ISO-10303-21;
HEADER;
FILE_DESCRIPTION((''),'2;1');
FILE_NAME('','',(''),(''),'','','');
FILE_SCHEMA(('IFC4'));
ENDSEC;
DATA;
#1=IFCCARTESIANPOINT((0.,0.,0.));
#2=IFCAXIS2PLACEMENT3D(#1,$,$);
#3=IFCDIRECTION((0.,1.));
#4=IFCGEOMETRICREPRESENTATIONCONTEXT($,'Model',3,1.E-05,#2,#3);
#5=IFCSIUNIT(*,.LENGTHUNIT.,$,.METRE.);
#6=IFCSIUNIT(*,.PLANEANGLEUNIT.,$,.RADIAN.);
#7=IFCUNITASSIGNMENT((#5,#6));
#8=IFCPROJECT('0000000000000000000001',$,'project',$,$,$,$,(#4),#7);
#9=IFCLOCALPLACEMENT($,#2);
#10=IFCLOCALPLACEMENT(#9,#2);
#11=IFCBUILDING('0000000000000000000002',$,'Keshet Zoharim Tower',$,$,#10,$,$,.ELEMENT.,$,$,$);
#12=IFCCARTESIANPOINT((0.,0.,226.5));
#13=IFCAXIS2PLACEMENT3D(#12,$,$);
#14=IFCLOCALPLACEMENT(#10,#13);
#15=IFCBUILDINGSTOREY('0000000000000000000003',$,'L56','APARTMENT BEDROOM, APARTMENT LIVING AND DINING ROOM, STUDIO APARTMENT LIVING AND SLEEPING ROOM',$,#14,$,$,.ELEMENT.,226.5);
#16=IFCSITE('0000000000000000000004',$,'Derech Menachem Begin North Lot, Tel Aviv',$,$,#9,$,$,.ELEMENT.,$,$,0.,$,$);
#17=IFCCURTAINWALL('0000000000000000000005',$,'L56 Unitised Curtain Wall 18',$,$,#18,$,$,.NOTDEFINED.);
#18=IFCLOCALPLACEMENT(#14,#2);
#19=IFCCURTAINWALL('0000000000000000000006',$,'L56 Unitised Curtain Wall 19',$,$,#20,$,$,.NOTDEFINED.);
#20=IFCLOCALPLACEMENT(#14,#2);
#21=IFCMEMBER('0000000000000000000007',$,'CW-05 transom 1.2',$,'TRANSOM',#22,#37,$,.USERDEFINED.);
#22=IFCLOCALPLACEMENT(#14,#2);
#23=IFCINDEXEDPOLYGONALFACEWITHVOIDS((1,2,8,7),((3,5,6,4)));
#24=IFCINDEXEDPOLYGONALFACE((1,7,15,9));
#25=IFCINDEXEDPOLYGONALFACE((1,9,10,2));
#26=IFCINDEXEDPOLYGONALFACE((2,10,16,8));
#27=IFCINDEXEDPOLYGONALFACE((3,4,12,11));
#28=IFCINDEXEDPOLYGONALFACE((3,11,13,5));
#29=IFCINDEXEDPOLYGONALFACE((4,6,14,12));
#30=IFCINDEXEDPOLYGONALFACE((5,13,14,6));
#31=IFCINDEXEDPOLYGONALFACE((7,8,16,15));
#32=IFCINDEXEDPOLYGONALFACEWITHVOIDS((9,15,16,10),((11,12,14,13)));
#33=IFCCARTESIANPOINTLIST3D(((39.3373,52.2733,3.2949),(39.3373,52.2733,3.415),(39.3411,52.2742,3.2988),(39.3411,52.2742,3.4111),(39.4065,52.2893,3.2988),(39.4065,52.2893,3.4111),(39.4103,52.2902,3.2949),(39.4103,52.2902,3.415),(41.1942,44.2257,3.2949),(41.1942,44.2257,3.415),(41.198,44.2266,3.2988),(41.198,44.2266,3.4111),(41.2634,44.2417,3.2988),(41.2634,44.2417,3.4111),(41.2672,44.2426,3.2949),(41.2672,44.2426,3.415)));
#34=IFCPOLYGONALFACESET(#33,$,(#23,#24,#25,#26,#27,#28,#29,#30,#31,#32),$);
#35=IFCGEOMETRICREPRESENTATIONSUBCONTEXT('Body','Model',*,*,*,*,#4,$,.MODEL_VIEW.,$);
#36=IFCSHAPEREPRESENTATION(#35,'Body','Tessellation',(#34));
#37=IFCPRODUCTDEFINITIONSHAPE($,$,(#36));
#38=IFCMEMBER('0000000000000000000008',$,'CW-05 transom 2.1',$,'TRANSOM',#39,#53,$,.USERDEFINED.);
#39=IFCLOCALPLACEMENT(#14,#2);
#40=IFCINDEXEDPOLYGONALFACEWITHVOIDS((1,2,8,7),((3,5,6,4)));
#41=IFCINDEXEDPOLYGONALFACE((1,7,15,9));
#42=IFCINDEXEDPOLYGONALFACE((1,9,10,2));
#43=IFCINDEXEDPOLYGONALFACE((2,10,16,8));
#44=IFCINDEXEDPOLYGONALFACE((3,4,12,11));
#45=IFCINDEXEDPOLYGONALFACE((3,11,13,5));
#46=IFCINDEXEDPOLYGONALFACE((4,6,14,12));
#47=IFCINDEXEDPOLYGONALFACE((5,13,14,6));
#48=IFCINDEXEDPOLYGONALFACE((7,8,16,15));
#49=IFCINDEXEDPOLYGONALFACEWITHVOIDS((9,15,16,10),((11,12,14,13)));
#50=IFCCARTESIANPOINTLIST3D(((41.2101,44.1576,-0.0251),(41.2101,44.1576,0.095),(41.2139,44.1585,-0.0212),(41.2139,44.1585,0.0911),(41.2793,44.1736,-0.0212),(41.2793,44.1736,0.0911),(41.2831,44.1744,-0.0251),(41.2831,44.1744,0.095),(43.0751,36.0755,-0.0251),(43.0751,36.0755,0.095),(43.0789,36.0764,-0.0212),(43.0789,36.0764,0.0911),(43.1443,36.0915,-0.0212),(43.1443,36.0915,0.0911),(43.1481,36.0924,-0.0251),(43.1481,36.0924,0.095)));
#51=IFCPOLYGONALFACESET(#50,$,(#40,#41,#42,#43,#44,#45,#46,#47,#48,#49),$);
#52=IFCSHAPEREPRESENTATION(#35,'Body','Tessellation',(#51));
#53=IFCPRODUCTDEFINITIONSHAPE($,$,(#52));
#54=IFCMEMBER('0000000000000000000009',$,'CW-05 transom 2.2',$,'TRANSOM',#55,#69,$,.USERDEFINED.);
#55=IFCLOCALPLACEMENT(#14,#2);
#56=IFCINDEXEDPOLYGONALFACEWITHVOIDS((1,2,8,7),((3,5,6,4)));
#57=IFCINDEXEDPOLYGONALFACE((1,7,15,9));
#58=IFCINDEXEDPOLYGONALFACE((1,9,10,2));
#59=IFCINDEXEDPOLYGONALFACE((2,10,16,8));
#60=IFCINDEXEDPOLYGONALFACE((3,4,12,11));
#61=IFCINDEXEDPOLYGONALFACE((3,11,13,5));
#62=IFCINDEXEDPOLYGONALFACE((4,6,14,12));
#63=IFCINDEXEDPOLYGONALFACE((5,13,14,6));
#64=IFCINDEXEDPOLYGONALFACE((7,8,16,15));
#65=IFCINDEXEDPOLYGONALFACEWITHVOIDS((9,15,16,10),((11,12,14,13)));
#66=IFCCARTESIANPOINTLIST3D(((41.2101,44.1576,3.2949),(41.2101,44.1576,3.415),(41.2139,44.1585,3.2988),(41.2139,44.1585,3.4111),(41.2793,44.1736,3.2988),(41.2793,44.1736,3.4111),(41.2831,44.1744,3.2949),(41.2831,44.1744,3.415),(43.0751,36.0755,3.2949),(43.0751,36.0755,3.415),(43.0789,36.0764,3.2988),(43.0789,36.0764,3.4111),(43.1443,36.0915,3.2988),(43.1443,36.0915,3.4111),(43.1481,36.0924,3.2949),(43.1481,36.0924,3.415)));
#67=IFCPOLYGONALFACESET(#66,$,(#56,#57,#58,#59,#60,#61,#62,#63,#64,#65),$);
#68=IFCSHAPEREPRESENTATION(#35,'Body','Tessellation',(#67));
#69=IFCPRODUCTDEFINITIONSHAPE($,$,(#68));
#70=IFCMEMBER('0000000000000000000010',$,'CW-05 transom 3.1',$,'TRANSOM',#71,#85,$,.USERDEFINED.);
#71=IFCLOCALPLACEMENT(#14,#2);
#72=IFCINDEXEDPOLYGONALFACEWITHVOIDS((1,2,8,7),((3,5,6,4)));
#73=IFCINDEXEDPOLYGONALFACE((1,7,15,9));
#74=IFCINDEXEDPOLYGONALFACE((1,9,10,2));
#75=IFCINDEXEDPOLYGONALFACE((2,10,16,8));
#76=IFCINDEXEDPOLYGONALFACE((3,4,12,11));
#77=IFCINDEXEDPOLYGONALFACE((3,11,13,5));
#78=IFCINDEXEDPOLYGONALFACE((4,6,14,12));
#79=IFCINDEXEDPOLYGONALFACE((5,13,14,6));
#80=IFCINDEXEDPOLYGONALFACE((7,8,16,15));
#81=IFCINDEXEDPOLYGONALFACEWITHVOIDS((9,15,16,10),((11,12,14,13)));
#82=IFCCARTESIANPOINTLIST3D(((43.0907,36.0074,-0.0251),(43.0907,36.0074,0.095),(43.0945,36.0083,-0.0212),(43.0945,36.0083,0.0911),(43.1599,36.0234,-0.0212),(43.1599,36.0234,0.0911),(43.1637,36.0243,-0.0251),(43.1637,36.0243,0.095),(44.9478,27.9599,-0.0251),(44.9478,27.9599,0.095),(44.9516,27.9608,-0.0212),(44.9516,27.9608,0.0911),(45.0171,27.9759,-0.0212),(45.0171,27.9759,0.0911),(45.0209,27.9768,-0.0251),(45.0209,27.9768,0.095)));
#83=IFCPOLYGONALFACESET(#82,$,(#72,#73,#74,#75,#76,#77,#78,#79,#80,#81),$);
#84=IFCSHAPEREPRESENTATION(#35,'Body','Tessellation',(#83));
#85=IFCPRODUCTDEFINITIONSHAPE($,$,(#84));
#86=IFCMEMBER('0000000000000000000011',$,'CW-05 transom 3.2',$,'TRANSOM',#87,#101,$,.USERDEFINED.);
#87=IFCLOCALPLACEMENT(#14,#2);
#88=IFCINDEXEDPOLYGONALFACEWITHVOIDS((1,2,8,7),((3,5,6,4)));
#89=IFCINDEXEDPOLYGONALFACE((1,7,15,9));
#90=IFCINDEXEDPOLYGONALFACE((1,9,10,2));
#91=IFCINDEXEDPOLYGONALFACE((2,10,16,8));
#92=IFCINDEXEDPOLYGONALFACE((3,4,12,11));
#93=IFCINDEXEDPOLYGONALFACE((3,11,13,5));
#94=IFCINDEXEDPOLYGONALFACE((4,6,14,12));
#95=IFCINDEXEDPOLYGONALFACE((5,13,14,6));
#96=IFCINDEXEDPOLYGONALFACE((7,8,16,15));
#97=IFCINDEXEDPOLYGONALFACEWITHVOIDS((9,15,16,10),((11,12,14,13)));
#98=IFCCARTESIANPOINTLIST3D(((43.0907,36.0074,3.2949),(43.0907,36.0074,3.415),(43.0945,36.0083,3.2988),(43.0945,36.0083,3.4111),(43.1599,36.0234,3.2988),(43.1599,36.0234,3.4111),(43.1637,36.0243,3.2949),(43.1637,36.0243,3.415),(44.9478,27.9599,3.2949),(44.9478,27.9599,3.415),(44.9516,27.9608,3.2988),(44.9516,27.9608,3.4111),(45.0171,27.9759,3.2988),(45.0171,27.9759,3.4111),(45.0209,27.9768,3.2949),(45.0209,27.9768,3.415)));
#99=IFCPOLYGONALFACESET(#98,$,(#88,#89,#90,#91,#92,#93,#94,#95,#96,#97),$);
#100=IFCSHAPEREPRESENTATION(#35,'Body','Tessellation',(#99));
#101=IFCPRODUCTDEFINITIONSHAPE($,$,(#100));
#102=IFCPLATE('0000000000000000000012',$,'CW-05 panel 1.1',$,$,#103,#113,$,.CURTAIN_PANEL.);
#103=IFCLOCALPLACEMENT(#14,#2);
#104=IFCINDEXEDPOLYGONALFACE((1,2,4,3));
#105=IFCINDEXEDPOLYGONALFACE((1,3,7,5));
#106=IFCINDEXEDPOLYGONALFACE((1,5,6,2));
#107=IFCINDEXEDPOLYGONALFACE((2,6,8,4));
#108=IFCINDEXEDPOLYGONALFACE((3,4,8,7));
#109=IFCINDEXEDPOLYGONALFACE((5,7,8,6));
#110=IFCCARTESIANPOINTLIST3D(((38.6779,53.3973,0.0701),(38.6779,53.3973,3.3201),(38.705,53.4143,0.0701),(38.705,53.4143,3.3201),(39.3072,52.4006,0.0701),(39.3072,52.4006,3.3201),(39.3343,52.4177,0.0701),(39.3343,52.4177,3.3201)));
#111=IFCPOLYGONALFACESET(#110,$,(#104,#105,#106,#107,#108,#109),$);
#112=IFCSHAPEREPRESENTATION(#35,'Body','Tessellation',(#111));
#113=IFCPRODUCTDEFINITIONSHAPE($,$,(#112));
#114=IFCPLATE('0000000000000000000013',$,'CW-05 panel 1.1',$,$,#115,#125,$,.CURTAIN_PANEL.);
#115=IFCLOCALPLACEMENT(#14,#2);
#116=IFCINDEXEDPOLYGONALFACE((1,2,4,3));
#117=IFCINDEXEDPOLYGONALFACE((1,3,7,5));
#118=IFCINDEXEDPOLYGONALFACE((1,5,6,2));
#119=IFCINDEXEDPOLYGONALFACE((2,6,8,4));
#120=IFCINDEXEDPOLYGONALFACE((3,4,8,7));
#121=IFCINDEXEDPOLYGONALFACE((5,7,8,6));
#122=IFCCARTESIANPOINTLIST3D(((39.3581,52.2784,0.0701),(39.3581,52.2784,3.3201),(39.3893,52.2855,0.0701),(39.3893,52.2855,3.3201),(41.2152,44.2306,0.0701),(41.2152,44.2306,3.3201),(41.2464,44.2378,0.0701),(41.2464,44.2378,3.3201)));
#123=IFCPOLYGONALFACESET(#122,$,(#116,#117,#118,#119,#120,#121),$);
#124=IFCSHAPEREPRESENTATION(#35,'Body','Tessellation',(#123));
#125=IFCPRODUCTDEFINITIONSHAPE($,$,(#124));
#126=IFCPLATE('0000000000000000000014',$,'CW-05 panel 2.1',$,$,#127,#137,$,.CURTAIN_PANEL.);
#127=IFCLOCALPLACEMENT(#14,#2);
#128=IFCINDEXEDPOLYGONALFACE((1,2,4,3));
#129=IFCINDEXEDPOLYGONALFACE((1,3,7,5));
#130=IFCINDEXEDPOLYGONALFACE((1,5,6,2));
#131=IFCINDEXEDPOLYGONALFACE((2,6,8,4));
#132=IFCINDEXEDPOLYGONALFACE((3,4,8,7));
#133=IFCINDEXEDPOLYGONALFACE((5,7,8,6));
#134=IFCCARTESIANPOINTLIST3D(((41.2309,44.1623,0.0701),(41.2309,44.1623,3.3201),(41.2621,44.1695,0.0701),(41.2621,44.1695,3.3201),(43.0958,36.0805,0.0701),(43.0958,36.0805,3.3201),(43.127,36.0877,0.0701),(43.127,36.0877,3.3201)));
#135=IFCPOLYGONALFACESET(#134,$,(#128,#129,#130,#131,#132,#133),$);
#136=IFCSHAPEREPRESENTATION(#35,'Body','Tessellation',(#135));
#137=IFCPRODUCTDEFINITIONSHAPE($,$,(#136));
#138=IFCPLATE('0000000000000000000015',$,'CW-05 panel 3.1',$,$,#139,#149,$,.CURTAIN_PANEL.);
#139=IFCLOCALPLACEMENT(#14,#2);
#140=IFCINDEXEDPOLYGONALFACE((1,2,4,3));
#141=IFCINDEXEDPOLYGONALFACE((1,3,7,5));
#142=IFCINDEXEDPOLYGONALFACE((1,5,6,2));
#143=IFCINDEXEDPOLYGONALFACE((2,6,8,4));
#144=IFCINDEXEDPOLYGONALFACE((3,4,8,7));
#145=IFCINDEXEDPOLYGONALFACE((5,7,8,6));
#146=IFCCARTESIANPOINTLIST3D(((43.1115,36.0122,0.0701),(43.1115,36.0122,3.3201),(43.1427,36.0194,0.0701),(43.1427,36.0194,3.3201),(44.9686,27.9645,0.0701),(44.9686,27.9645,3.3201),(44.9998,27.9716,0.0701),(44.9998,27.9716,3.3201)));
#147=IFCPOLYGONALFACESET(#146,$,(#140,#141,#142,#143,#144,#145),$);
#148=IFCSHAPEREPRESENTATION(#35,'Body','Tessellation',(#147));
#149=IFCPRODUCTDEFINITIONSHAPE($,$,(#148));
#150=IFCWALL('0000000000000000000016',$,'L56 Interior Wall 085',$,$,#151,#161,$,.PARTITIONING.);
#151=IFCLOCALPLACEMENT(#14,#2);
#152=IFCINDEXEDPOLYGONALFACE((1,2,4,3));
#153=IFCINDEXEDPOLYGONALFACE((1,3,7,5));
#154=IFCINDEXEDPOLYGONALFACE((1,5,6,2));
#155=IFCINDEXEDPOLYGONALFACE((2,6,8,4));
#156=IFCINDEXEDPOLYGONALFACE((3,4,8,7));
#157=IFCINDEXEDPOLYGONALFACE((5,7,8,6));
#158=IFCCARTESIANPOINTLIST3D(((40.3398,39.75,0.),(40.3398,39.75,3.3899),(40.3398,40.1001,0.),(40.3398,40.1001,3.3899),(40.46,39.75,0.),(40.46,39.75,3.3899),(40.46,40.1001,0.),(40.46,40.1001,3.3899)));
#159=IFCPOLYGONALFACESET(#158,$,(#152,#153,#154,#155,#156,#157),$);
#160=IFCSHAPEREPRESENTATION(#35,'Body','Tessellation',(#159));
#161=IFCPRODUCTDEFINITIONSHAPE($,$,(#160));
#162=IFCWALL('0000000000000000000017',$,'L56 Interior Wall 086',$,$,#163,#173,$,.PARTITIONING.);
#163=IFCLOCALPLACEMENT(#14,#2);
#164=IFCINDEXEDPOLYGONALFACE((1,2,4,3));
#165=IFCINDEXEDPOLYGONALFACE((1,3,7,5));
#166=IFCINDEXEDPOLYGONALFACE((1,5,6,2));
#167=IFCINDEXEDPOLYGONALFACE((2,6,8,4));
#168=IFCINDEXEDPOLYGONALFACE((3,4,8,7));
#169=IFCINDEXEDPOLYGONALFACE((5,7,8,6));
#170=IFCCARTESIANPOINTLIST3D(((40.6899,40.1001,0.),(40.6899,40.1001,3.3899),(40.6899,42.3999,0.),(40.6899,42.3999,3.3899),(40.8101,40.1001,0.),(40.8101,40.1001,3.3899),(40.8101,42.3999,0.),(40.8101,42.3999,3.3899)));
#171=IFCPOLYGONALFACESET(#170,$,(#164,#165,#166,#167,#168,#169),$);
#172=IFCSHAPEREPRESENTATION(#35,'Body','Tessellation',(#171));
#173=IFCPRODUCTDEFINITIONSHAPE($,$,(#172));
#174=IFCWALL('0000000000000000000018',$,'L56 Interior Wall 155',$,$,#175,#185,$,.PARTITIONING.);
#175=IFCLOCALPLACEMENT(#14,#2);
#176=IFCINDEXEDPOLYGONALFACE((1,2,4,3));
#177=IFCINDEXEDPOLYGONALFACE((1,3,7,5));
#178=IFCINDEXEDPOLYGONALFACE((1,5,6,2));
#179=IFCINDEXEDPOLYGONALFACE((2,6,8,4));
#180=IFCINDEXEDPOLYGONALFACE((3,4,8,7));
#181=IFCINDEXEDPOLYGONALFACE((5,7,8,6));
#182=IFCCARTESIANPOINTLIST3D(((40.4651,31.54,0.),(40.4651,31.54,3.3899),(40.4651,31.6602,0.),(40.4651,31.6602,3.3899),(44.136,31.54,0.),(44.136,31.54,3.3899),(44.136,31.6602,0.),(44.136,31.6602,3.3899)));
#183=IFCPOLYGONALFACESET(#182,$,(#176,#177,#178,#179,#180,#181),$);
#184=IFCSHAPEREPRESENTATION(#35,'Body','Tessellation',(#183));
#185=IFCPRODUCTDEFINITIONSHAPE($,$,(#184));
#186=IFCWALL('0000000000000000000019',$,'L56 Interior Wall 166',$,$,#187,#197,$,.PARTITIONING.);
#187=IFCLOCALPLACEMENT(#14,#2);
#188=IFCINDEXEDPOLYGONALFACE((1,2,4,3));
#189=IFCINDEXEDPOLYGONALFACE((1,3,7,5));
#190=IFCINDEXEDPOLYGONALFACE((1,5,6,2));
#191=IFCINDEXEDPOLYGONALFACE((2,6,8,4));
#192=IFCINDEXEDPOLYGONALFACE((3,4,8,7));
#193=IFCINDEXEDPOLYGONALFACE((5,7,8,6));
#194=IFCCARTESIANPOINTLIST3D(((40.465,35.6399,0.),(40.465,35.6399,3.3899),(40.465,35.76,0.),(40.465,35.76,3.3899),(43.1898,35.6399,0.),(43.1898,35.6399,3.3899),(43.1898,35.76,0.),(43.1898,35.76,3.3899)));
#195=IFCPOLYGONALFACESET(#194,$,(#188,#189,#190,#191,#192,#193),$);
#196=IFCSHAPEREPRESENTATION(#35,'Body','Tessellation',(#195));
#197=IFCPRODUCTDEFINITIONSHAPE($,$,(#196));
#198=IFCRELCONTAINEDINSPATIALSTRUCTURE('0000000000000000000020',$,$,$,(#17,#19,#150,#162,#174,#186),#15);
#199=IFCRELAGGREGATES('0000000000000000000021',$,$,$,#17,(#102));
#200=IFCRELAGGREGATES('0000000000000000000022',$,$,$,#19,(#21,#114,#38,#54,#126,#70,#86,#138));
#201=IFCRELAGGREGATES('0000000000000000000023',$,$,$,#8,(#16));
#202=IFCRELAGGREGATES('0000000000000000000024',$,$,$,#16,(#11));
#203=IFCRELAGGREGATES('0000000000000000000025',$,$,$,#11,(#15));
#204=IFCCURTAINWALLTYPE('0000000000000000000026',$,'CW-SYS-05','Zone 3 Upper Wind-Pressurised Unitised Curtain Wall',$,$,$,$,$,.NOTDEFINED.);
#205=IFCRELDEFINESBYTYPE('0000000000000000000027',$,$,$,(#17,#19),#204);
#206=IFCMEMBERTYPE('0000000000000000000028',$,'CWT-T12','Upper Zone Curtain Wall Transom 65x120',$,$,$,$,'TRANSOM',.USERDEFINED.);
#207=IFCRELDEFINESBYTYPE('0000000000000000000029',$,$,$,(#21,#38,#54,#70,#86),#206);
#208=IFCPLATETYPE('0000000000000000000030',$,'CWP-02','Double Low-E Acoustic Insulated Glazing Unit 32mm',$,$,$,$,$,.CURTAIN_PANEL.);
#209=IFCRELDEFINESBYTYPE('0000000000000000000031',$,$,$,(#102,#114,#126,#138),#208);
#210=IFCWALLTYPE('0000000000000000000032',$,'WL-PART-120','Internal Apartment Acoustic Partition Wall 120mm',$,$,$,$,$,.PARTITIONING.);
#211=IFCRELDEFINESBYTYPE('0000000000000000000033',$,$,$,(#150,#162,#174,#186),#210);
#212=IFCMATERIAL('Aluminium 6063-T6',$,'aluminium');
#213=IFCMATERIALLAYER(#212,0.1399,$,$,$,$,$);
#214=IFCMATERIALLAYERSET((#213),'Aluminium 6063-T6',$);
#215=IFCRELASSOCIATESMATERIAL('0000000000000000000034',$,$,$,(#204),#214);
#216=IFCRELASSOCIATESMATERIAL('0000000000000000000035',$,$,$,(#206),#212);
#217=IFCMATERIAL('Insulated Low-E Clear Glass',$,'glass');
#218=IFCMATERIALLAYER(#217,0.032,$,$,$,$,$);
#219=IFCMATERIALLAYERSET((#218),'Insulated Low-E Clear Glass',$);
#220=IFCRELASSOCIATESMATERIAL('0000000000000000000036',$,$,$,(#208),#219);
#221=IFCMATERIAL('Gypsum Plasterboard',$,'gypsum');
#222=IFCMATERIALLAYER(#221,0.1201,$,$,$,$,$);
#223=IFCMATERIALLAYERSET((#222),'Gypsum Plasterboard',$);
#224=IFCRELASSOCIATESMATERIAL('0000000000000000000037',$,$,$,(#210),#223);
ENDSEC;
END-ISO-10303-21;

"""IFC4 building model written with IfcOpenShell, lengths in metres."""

from ifc_helpers import new_model, si_unit, direction, frame, frame_2d, origin, origin_2d, place, context, subcontext, project, spatial, rectangle, hollow_rectangle, extrude, material, layer, layer_set, material_profile, profile_set, type_object, element, aggregate, save


model = new_model("IFC4")

# Units and contexts
model_context = context("Model", 3, precision=1e-05, world=origin(), true_north=direction((0.0, 1.0)))
body_context = subcontext(model_context, "Body", "Model", "MODEL_VIEW")
ifc_project = project(units=[si_unit("LENGTHUNIT", "METRE"), si_unit("PLANEANGLEUNIT", "RADIAN")], contexts=[model_context])

# Site, building, storey
site_placement = place(None, origin())
site = spatial("IfcSite", under=ifc_project, at=site_placement, Name="Derech Menachem Begin North Lot, Tel Aviv", CompositionType="ELEMENT", RefElevation=0.0)
building_placement = place(site_placement, origin())
building = spatial("IfcBuilding", under=site, at=building_placement, Name="Keshet Zoharim Tower", CompositionType="ELEMENT")
storey_placement = place(building_placement, frame((0.0, 0.0, 226.5)))
storey = spatial("IfcBuildingStorey", under=building, at=storey_placement, Name="L56", Description="APARTMENT BEDROOM, APARTMENT LIVING AND DINING ROOM, STUDIO APARTMENT LIVING AND SLEEPING ROOM", CompositionType="ELEMENT", Elevation=226.5)

# Shared definitions
ifc_material_1 = material(Name="Aluminium 6063-T6", Category="aluminium")
ifc_layer_1 = layer(ifc_material_1, 0.1399)
ifc_layer_set_1 = layer_set([ifc_layer_1], Name="Aluminium 6063-T6")
curtain_wall_type = type_object("IfcCurtainWallType", Name="CW-SYS-05", Description="Zone 3 Upper Wind-Pressurised Unitised Curtain Wall", PredefinedType="NOTDEFINED", material=ifc_layer_set_1)

# Curtain walls
curtain_wall_1_placement = place(storey_placement, origin())
curtain_wall_1 = element("IfcCurtainWall", 1, at=curtain_wall_1_placement, inside=storey, type_object=curtain_wall_type, Name="L56 Unitised Curtain Wall 18", PredefinedType="NOTDEFINED")
curtain_wall_2_placement = place(storey_placement, origin())
curtain_wall_2 = element("IfcCurtainWall", 2, at=curtain_wall_2_placement, inside=storey, type_object=curtain_wall_type, Name="L56 Unitised Curtain Wall 19", PredefinedType="NOTDEFINED")

# Members
ifc_material_profile_1 = material_profile(ifc_material_1, hollow_rectangle(XDim=0.075, YDim=0.1201, WallThickness=0.0039, at=origin_2d()), Name="TRN-75x120")
ifc_profile_set_1 = profile_set([ifc_material_profile_1], Name="Aluminium 6063-T6")
member_type_1 = type_object("IfcMemberType", Name="CWT-T12", Description="Upper Zone Curtain Wall Transom 65x120", ElementType="TRANSOM", PredefinedType="USERDEFINED", material=ifc_profile_set_1)
member_1_placement = place(storey_placement, frame((39.3738, 52.2817, 3.355), z_axis=(0.224836, -0.974397, 0.0), x_axis=(0.974397, 0.224836, 0.0)))
member_1 = element("IfcMember", 3, at=member_1_placement, type_object=member_type_1, Name="CW-05 transom 1.2", ObjectType="TRANSOM", PredefinedType="USERDEFINED", context=body_context, shape_type="SweptSolid", body=[
    extrude(hollow_rectangle(XDim=0.075, YDim=0.1201, WallThickness=0.0039, at=origin_2d()), origin(), (0.0, 0.0, 1.0), 8.259),
])
member_2_placement = place(storey_placement, frame((41.2466, 44.166, 0.0349), z_axis=(0.224849, -0.974394, 0.0), x_axis=(0.974394, 0.224849, 0.0)))
member_2 = element("IfcMember", 4, at=member_2_placement, type_object=member_type_1, Name="CW-05 transom 2.1", ObjectType="TRANSOM", PredefinedType="USERDEFINED", context=body_context, shape_type="SweptSolid", body=[
    extrude(hollow_rectangle(XDim=0.075, YDim=0.1201, WallThickness=0.0039, at=origin_2d()), origin(), (0.0, 0.0, 1.0), 8.2944),
])
member_3_placement = place(storey_placement, frame((41.2466, 44.166, 3.355), z_axis=(0.224849, -0.974394, 0.0), x_axis=(0.974394, 0.224849, 0.0)))
member_3 = element("IfcMember", 5, at=member_3_placement, type_object=member_type_1, Name="CW-05 transom 2.2", ObjectType="TRANSOM", PredefinedType="USERDEFINED", context=body_context, shape_type="SweptSolid", body=[
    extrude(hollow_rectangle(XDim=0.075, YDim=0.1201, WallThickness=0.0039, at=origin_2d()), origin(), (0.0, 0.0, 1.0), 8.2944),
])
member_4_placement = place(storey_placement, frame((43.1272, 36.0159, 0.0349), z_axis=(0.224864, -0.97439, 0.0), x_axis=(0.97439, 0.224864, 0.0)))
member_4 = element("IfcMember", 6, at=member_4_placement, type_object=member_type_1, Name="CW-05 transom 3.1", ObjectType="TRANSOM", PredefinedType="USERDEFINED", context=body_context, shape_type="SweptSolid", body=[
    extrude(hollow_rectangle(XDim=0.075, YDim=0.1201, WallThickness=0.0039, at=origin_2d()), origin(), (0.0, 0.0, 1.0), 8.259),
])
member_5_placement = place(storey_placement, frame((43.1272, 36.0159, 3.355), z_axis=(0.224864, -0.97439, 0.0), x_axis=(0.97439, 0.224864, 0.0)))
member_5 = element("IfcMember", 7, at=member_5_placement, type_object=member_type_1, Name="CW-05 transom 3.2", ObjectType="TRANSOM", PredefinedType="USERDEFINED", context=body_context, shape_type="SweptSolid", body=[
    extrude(hollow_rectangle(XDim=0.075, YDim=0.1201, WallThickness=0.0039, at=origin_2d()), origin(), (0.0, 0.0, 1.0), 8.259),
])

# Plates
ifc_material_2 = material(Name="Insulated Low-E Clear Glass", Category="glass")
ifc_layer_2 = layer(ifc_material_2, 0.032)
ifc_layer_set_2 = layer_set([ifc_layer_2], Name="Insulated Low-E Clear Glass")
plate_type = type_object("IfcPlateType", Name="CWP-02", Description="Double Low-E Acoustic Insulated Glazing Unit 32mm", PredefinedType="CURTAIN_PANEL", material=ifc_layer_set_2)
plate_1_placement = place(storey_placement, frame((39.0061, 52.9075, 0.0701), z_axis=(0.0, 0.0, 1.0), x_axis=(0.533879, -0.845561, 0.0)))
plate_1 = element("IfcPlate", 8, at=plate_1_placement, type_object=plate_type, Name="CW-05 panel 1.1", PredefinedType="CURTAIN_PANEL", context=body_context, shape_type="SweptSolid", body=[
    extrude(rectangle(XDim=1.1787, YDim=0.032, at=origin_2d()), origin(), (0.0, 0.0, 1.0), 3.25),
])
aggregate(curtain_wall_1, [plate_1])
plate_2_placement = place(storey_placement, frame((40.3022, 48.2581, 0.0701), z_axis=(0.0, 0.0, 1.0), x_axis=(0.224848, -0.974394, 0.0)))
plate_2 = element("IfcPlate", 9, at=plate_2_placement, type_object=plate_type, Name="CW-05 panel 1.1", PredefinedType="CURTAIN_PANEL", context=body_context, shape_type="SweptSolid", body=[
    extrude(rectangle(XDim=8.2593, YDim=0.032, at=origin_2d()), origin(), (0.0, 0.0, 1.0), 3.25),
])
plate_3_placement = place(storey_placement, frame((42.179, 40.125, 0.0701), z_axis=(0.0, 0.0, 1.0), x_axis=(0.224848, -0.974394, 0.0)))
plate_3 = element("IfcPlate", 10, at=plate_3_placement, type_object=plate_type, Name="CW-05 panel 2.1", PredefinedType="CURTAIN_PANEL", context=body_context, shape_type="SweptSolid", body=[
    extrude(rectangle(XDim=8.2942, YDim=0.032, at=origin_2d()), origin(), (0.0, 0.0, 1.0), 3.25),
])
plate_4_placement = place(storey_placement, frame((44.0557, 31.9919, 0.0701), z_axis=(0.0, 0.0, 1.0), x_axis=(0.224848, -0.974394, 0.0)))
plate_4 = element("IfcPlate", 11, at=plate_4_placement, type_object=plate_type, Name="CW-05 panel 3.1", PredefinedType="CURTAIN_PANEL", context=body_context, shape_type="SweptSolid", body=[
    extrude(rectangle(XDim=8.2593, YDim=0.032, at=origin_2d()), origin(), (0.0, 0.0, 1.0), 3.25),
])
aggregate(curtain_wall_2, [member_1, plate_2, member_2, member_3, plate_3, member_4, member_5, plate_4])

# Walls
ifc_material_3 = material(Name="Gypsum Plasterboard", Category="gypsum")
ifc_layer_3 = layer(ifc_material_3, 0.1201)
ifc_layer_set_3 = layer_set([ifc_layer_3], Name="Gypsum Plasterboard")
wall_type = type_object("IfcWallType", Name="WL-PART-120", Description="Internal Apartment Acoustic Partition Wall 120mm", PredefinedType="PARTITIONING", material=ifc_layer_set_3)
wall_1_placement = place(storey_placement, frame((40.3999, 39.75, 0.0), z_axis=(0.0, 0.0, 1.0), x_axis=(0.0, 1.0, 0.0)))
element("IfcWall", 12, at=wall_1_placement, inside=storey, type_object=wall_type, Name="L56 Interior Wall 085", PredefinedType="PARTITIONING", context=body_context, shape_type="SweptSolid", body=[
    extrude(rectangle(XDim=0.3501, YDim=0.1201, at=frame_2d((0.175, 0.0))), origin(), (0.0, 0.0, 1.0), 3.3899),
])
wall_2_placement = place(storey_placement, frame((40.75, 40.1001, 0.0), z_axis=(0.0, 0.0, 1.0), x_axis=(0.0, 1.0, 0.0)))
element("IfcWall", 13, at=wall_2_placement, inside=storey, type_object=wall_type, Name="L56 Interior Wall 086", PredefinedType="PARTITIONING", context=body_context, shape_type="SweptSolid", body=[
    extrude(rectangle(XDim=2.2998, YDim=0.1201, at=frame_2d((1.1499, 0.0))), origin(), (0.0, 0.0, 1.0), 3.3899),
])
wall_3_placement = place(storey_placement, frame((40.4651, 31.6001, 0.0), z_axis=(0.0, 0.0, 1.0), x_axis=(1.0, 0.0, 0.0)))
element("IfcWall", 14, at=wall_3_placement, inside=storey, type_object=wall_type, Name="L56 Interior Wall 155", PredefinedType="PARTITIONING", context=body_context, shape_type="SweptSolid", body=[
    extrude(rectangle(XDim=3.6709, YDim=0.1201, at=frame_2d((1.8354, 0.0))), origin(), (0.0, 0.0, 1.0), 3.3899),
])
wall_4_placement = place(storey_placement, frame((40.4651, 35.7, 0.0), z_axis=(0.0, 0.0, 1.0), x_axis=(1.0, 0.0, 0.0)))
element("IfcWall", 15, at=wall_4_placement, inside=storey, type_object=wall_type, Name="L56 Interior Wall 166", PredefinedType="PARTITIONING", context=body_context, shape_type="SweptSolid", body=[
    extrude(rectangle(XDim=2.7249, YDim=0.1201, at=frame_2d((1.3623, 0.0))), origin(), (0.0, 0.0, 1.0), 3.3899),
])

save(model, "model.ifc")
